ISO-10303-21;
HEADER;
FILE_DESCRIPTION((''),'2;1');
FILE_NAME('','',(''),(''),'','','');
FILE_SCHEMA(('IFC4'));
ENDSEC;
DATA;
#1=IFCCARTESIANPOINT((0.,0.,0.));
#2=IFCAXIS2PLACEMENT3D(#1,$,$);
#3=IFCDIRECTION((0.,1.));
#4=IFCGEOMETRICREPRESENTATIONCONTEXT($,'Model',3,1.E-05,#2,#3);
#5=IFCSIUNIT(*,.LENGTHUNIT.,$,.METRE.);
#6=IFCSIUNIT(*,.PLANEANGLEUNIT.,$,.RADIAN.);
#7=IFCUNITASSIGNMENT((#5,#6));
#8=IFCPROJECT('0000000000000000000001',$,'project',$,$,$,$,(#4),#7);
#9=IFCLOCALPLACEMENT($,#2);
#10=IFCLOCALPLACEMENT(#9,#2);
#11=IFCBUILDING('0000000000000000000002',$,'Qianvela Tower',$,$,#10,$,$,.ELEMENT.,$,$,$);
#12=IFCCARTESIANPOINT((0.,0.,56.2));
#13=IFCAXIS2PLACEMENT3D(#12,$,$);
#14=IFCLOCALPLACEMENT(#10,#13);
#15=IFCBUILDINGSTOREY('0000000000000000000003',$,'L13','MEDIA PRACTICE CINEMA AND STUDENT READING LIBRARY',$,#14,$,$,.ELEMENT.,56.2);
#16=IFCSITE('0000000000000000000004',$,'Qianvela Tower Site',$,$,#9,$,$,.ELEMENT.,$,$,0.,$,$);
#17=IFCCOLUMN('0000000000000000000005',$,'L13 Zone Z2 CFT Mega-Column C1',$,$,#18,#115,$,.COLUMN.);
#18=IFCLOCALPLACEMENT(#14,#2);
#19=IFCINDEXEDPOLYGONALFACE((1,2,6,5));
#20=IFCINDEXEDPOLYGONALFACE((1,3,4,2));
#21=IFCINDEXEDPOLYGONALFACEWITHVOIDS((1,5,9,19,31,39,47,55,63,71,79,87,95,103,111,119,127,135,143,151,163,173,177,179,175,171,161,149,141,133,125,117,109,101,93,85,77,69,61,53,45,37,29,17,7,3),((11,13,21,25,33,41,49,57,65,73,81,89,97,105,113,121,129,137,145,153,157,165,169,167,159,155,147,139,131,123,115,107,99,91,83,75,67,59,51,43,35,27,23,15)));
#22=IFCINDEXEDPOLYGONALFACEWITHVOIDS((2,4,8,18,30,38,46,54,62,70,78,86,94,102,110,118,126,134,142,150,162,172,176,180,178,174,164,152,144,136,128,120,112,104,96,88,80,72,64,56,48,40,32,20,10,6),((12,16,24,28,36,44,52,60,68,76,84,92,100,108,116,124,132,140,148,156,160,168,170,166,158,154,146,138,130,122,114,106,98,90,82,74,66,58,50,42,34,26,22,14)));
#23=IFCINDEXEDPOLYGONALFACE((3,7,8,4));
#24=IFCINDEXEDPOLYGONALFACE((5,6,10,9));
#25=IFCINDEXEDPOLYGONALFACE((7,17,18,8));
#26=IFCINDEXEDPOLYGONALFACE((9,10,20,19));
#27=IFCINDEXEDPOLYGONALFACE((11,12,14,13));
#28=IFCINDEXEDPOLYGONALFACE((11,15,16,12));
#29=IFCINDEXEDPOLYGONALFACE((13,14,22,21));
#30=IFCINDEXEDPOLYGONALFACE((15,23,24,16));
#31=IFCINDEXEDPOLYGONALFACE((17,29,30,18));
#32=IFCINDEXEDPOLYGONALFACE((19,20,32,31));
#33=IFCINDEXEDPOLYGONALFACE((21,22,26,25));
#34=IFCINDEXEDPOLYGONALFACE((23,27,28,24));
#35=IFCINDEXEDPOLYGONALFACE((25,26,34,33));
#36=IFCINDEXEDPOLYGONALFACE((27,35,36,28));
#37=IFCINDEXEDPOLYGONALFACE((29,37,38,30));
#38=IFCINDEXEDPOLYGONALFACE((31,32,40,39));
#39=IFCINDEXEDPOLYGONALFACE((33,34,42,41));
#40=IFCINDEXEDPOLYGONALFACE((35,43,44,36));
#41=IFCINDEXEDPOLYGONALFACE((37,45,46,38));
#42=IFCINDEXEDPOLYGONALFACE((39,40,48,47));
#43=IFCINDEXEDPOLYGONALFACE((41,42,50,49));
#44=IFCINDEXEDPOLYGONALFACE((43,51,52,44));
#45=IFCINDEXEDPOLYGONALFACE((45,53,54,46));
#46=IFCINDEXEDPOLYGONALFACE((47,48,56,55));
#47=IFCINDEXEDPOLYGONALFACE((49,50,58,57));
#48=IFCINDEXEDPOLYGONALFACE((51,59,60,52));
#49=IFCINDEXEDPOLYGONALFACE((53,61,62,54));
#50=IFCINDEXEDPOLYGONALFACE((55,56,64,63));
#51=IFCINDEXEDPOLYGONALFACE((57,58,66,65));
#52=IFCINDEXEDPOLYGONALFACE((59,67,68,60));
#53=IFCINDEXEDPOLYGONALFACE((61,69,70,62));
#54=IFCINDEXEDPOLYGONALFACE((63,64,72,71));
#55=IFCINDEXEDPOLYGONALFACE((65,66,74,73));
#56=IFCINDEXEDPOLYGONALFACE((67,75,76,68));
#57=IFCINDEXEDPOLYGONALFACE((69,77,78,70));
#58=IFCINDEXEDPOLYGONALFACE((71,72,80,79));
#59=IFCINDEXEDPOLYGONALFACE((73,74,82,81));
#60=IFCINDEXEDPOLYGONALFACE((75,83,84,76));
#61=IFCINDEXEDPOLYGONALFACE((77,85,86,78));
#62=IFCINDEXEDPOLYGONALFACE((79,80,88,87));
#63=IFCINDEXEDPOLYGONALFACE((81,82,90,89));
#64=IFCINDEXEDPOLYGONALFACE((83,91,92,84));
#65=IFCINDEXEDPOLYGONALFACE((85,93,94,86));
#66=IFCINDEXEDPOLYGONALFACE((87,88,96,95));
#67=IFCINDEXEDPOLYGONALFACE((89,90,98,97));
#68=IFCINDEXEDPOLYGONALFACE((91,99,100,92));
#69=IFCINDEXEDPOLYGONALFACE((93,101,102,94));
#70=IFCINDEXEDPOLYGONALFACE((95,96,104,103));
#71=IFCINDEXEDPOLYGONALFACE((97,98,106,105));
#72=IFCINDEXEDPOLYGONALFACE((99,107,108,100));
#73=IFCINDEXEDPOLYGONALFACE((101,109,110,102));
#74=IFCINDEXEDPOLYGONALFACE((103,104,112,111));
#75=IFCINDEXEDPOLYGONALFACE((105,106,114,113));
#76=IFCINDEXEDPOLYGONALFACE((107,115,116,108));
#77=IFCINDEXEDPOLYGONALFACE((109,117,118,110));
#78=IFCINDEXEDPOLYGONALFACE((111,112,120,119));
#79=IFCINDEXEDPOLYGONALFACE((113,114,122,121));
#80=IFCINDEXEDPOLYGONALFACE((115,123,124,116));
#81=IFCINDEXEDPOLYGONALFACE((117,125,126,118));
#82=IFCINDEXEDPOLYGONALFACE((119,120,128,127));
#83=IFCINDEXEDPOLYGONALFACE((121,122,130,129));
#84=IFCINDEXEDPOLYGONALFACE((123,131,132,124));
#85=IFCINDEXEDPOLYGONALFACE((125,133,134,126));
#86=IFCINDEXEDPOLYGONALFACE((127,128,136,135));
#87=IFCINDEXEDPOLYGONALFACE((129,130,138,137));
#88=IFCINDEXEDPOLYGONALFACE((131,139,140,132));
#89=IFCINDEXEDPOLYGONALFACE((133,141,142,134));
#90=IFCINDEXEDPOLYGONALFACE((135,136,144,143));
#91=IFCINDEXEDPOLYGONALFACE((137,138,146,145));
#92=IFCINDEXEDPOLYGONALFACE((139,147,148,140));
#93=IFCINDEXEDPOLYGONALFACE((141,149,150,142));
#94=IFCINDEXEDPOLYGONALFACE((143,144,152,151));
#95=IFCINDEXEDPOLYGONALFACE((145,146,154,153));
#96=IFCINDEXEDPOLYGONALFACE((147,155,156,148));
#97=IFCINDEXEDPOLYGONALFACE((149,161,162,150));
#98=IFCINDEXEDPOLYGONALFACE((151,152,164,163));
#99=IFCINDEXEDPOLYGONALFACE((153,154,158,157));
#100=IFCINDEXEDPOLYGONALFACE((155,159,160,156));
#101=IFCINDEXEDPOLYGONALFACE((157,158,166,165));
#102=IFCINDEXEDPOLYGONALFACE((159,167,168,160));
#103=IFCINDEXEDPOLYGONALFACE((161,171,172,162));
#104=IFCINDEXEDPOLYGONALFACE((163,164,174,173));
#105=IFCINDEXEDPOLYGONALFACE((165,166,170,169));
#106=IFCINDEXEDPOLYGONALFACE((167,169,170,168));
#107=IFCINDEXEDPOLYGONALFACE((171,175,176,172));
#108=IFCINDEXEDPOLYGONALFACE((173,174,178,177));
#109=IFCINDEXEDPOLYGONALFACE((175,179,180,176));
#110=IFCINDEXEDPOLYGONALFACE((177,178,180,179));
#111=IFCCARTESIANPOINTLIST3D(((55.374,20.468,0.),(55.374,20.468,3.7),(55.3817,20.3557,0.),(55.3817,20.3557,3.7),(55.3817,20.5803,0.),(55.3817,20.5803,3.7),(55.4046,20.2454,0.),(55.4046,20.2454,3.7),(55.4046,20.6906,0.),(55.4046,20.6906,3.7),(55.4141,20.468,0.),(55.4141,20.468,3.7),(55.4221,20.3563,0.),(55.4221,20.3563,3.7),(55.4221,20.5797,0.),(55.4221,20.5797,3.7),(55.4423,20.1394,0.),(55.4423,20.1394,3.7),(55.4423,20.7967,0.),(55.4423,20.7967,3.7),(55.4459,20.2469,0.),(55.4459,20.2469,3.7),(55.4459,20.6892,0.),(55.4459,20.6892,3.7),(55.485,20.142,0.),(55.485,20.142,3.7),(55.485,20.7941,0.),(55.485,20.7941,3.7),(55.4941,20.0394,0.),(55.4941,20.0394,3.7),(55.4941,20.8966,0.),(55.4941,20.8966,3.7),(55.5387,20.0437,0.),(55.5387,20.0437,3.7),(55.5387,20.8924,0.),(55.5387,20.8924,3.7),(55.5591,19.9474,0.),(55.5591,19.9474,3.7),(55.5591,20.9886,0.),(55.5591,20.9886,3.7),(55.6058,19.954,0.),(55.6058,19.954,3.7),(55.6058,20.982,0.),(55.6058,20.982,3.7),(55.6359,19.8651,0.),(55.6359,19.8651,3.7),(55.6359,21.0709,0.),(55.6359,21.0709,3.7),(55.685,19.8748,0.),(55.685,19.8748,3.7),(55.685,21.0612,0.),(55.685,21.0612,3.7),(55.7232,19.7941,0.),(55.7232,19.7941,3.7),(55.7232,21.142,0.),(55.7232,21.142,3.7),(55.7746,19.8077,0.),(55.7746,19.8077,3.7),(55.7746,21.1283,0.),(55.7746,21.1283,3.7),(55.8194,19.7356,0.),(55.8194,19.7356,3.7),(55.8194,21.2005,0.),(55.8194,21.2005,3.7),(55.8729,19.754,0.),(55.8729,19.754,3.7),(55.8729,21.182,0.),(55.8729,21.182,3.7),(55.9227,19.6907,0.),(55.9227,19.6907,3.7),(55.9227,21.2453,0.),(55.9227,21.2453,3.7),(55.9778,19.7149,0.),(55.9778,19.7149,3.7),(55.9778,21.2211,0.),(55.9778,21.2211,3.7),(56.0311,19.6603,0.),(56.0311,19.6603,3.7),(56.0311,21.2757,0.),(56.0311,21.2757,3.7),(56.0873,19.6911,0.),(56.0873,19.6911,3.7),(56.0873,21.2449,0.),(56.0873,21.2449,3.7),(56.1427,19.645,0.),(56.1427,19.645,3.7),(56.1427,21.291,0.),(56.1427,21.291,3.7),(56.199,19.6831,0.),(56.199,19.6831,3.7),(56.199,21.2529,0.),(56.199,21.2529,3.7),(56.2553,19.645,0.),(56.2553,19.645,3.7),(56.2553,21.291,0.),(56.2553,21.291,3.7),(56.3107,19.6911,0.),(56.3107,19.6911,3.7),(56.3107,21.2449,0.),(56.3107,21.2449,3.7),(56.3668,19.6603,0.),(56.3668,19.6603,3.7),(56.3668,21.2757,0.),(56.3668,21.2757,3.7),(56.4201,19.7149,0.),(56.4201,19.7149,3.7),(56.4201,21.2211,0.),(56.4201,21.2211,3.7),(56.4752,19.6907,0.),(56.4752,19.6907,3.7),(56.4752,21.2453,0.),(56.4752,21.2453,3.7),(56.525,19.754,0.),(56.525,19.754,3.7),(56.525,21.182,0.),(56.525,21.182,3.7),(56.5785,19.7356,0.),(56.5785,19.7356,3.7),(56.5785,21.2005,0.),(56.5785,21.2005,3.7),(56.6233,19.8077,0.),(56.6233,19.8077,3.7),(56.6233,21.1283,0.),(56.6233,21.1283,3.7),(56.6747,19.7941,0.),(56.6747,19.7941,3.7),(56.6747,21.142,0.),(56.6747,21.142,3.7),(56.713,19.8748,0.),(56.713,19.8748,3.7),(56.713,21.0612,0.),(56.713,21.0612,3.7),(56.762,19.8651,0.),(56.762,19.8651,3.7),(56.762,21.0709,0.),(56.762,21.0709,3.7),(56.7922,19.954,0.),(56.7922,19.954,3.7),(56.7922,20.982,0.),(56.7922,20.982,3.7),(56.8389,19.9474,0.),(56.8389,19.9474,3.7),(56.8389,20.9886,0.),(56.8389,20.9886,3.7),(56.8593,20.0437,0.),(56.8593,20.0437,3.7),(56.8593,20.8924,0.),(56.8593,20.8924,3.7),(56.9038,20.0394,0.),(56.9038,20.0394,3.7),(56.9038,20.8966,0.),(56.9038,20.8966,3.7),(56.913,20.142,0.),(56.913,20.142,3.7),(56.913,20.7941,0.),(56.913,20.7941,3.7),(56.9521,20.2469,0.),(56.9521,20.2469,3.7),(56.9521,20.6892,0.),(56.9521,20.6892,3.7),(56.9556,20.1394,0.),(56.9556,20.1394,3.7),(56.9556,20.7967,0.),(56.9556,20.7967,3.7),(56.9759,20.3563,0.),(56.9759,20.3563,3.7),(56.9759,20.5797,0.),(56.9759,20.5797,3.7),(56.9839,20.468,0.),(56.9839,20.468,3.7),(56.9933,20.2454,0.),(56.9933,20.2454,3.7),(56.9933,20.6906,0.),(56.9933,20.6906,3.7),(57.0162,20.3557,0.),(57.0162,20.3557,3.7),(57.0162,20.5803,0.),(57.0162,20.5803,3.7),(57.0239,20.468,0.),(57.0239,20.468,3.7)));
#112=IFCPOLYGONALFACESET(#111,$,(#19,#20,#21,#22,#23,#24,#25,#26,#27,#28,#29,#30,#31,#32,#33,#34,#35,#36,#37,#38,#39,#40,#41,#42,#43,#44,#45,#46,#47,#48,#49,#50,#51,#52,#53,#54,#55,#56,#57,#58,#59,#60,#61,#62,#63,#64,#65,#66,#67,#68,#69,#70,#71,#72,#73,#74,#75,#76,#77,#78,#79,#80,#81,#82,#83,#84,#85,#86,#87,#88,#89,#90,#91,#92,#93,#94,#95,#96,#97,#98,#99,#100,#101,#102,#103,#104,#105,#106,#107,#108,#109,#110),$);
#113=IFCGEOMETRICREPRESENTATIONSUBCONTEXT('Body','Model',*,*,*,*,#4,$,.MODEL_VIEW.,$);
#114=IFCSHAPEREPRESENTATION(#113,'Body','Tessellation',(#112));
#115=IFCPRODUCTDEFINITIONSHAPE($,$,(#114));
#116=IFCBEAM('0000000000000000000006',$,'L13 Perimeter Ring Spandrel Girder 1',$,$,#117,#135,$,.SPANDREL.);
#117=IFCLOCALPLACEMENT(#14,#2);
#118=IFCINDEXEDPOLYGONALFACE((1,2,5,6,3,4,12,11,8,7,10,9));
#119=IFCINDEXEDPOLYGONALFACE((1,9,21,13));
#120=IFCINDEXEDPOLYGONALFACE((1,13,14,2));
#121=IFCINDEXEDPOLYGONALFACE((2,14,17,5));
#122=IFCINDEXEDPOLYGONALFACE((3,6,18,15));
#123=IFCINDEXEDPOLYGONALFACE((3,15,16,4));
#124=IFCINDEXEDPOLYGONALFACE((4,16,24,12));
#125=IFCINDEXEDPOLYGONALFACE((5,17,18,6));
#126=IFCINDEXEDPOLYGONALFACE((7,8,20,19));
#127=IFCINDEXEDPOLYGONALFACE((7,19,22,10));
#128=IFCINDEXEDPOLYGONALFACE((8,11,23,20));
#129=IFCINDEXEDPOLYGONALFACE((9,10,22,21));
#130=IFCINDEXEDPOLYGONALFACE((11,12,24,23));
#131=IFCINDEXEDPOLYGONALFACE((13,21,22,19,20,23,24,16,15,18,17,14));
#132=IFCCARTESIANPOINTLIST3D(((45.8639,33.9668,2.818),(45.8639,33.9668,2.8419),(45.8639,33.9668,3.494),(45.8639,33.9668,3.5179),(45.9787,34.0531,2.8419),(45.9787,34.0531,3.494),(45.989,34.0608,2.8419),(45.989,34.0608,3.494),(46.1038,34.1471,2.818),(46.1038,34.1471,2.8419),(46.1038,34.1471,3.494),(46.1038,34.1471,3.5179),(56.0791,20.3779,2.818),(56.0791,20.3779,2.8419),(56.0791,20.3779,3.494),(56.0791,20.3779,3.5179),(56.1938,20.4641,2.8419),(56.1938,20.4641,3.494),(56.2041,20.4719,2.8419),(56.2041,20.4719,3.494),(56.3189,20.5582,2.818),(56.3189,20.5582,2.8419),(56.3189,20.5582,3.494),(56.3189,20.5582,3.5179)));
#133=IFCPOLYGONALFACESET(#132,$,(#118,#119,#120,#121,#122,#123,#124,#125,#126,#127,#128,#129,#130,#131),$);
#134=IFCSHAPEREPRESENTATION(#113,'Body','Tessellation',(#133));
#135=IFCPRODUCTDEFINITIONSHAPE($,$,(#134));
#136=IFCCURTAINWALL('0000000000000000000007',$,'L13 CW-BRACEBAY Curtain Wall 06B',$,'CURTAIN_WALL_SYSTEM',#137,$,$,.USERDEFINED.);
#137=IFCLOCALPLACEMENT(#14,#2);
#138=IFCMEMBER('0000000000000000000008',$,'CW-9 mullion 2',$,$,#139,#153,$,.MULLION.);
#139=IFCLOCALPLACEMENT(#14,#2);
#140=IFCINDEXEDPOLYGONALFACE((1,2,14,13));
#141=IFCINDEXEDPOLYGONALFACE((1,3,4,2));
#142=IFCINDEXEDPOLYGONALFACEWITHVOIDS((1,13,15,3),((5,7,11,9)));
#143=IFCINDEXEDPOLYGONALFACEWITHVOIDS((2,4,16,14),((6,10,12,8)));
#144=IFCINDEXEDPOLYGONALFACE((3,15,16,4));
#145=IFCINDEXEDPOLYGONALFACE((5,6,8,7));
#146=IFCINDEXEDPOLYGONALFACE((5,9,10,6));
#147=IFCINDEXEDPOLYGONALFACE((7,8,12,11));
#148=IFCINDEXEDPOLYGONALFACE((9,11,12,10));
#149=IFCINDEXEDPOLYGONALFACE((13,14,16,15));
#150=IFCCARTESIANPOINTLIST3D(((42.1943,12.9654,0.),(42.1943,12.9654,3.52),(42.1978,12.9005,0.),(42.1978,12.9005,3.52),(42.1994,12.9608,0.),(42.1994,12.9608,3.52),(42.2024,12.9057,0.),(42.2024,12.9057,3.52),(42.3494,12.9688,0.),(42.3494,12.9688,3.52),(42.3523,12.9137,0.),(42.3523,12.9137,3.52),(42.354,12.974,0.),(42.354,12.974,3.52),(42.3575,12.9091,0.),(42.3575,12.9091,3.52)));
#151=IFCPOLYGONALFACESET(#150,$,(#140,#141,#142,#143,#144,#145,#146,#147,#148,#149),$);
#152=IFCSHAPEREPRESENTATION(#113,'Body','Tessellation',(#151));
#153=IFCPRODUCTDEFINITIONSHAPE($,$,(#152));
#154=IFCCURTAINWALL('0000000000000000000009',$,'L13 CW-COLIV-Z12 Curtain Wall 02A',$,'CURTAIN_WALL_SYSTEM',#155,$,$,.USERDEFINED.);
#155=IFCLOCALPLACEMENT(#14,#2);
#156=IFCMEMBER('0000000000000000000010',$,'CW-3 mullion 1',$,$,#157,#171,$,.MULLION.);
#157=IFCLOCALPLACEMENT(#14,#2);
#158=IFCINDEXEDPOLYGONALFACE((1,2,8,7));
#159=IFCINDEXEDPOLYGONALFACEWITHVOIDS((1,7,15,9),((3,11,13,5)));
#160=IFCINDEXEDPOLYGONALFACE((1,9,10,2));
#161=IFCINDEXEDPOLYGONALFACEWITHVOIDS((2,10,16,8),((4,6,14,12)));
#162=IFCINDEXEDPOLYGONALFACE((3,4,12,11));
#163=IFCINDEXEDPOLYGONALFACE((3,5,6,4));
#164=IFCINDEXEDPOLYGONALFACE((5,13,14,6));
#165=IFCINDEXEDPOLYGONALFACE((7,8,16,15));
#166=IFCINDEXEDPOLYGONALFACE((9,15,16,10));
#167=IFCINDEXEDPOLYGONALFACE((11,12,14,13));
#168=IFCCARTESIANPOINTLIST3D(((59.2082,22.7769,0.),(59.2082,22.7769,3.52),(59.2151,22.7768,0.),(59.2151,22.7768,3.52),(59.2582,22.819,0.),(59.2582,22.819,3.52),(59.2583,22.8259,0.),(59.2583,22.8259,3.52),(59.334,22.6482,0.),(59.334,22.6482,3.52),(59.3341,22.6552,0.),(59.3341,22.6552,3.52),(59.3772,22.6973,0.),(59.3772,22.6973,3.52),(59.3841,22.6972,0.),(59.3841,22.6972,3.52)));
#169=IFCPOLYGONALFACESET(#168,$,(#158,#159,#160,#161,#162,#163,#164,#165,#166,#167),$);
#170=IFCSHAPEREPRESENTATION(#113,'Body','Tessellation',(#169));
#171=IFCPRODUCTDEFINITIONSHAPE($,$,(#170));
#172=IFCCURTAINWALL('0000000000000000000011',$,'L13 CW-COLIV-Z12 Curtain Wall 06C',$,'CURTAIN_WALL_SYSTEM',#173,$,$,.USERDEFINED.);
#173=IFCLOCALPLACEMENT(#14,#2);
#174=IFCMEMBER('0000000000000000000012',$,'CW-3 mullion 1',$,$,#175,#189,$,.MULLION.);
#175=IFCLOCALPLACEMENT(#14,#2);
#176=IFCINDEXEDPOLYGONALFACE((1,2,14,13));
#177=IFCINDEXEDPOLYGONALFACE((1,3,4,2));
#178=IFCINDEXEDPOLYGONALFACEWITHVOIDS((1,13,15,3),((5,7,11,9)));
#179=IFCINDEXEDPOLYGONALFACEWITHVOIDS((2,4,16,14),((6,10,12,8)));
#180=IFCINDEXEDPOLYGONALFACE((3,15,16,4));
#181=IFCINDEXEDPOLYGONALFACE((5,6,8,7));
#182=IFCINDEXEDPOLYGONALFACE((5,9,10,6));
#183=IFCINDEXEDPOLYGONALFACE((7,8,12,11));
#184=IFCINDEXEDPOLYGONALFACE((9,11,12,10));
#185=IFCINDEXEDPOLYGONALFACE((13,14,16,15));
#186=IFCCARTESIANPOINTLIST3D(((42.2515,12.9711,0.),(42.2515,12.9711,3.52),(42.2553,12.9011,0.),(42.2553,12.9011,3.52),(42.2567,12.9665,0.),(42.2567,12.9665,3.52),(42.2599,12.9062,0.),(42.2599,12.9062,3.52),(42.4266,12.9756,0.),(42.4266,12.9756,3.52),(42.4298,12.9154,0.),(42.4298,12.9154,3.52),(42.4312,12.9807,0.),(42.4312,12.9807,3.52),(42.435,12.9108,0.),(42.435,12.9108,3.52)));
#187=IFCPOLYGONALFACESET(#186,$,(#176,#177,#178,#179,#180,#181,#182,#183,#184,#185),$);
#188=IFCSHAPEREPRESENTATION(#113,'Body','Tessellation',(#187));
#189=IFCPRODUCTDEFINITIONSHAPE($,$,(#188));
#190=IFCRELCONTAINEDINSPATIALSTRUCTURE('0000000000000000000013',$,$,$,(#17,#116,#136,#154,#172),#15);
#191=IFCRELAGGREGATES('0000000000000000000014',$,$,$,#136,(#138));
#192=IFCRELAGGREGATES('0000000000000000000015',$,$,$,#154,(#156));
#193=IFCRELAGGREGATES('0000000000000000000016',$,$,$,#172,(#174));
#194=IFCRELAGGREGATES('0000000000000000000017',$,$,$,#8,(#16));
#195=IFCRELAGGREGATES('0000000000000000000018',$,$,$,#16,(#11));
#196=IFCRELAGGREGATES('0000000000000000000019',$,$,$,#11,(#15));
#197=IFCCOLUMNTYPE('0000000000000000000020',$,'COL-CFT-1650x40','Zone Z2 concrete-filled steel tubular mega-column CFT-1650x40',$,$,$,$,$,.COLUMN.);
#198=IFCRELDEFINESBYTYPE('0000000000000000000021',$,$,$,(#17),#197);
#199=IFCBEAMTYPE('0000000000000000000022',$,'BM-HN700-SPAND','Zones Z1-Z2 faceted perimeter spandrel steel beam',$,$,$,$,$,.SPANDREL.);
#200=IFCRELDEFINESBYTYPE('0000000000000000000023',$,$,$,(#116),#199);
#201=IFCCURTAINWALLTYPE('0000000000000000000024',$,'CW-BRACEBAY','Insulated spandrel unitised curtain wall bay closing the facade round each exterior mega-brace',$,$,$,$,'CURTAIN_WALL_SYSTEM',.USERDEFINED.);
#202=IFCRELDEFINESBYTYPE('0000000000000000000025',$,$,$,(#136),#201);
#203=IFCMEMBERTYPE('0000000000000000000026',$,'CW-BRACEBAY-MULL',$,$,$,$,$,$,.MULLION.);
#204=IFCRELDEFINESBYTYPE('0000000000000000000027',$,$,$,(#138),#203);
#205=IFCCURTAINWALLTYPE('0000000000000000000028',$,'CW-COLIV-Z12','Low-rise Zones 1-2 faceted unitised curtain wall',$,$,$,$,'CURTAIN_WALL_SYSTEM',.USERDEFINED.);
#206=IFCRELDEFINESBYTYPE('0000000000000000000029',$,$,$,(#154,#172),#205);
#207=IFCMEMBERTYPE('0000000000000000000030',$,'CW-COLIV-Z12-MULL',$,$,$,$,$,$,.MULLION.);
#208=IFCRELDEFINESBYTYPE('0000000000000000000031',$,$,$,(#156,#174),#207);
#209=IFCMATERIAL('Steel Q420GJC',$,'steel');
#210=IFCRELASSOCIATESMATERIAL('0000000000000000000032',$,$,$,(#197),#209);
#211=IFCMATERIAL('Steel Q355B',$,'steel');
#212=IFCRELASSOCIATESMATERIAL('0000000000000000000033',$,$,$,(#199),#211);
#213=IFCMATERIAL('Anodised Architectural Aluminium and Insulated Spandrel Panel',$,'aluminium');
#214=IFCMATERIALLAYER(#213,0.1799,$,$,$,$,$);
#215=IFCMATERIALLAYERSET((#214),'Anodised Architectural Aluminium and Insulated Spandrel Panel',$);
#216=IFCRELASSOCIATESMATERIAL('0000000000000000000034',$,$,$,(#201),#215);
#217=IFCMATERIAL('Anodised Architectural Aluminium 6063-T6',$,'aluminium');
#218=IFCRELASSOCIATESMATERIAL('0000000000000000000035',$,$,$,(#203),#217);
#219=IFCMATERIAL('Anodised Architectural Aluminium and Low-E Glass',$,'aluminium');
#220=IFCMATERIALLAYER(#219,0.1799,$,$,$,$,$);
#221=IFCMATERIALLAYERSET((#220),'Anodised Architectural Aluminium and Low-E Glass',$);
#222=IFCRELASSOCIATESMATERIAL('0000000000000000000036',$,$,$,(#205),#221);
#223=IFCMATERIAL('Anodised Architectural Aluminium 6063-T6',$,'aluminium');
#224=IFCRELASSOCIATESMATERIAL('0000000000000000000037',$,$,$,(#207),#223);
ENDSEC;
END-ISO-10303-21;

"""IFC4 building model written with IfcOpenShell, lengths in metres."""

from ifc_helpers import new_model, si_unit, direction, frame, origin, origin_2d, place, context, subcontext, project, spatial, hollow_rectangle, hollow_circle, i_section, extrude, material, layer, layer_set, material_profile, profile_set, type_object, element, aggregate, save


model = new_model("IFC4")

# Units and contexts
model_context = context("Model", 3, precision=1e-05, world=origin(), true_north=direction((0.0, 1.0)))
body_context = subcontext(model_context, "Body", "Model", "MODEL_VIEW")
ifc_project = project(units=[si_unit("LENGTHUNIT", "METRE"), si_unit("PLANEANGLEUNIT", "RADIAN")], contexts=[model_context])

# Site, building, storey
site_placement = place(None, origin())
site = spatial("IfcSite", under=ifc_project, at=site_placement, Name="Qianvela Tower Site", CompositionType="ELEMENT", RefElevation=0.0)
building_placement = place(site_placement, origin())
building = spatial("IfcBuilding", under=site, at=building_placement, Name="Qianvela Tower", CompositionType="ELEMENT")
storey_placement = place(building_placement, frame((0.0, 0.0, 56.2)))
storey = spatial("IfcBuildingStorey", under=building, at=storey_placement, Name="L13", Description="MEDIA PRACTICE CINEMA AND STUDENT READING LIBRARY", CompositionType="ELEMENT", Elevation=56.2)

# Column
ifc_material_1 = material(Name="Steel Q420GJC", Category="steel")
ifc_material_profile_1 = material_profile(ifc_material_1, hollow_circle(Radius=0.825, WallThickness=0.04, at=origin_2d()), Name="CFT-1650x40")
ifc_profile_set_1 = profile_set([ifc_material_profile_1], Name="Steel Q420GJC")
column_type = type_object("IfcColumnType", Name="COL-CFT-1650x40", Description="Zone Z2 concrete-filled steel tubular mega-column CFT-1650x40", PredefinedType="COLUMN", material=ifc_profile_set_1)
column_placement = place(storey_placement, frame((56.199, 20.468, 0.0), z_axis=(0.0, 0.0, 1.0), x_axis=(1.0, 0.0, 0.0)))
element("IfcColumn", 1, at=column_placement, inside=storey, type_object=column_type, Name="L13 Zone Z2 CFT Mega-Column C1", PredefinedType="COLUMN", context=body_context, shape_type="SweptSolid", body=[
    extrude(hollow_circle(Radius=0.825, WallThickness=0.04, at=origin_2d()), origin(), (0.0, 0.0, 1.0), 3.7),
])

# Beam
ifc_material_2 = material(Name="Steel Q355B", Category="steel")
ifc_material_profile_2 = material_profile(ifc_material_2, i_section(OverallWidth=0.3, OverallDepth=0.7, WebThickness=0.0129, FlangeThickness=0.0239, at=origin_2d()), Name="HN700x300x13x24")
ifc_profile_set_2 = profile_set([ifc_material_profile_2], Name="Steel Q355B")
beam_type = type_object("IfcBeamType", Name="BM-HN700-SPAND", Description="Zones Z1-Z2 faceted perimeter spandrel steel beam", PredefinedType="SPANDREL", material=ifc_profile_set_2)
beam_placement = place(storey_placement, frame((56.199, 20.468, 3.168), z_axis=(-0.600882, 0.799338, 0.0), x_axis=(-0.799338, -0.600882, 0.0)))
element("IfcBeam", 2, at=beam_placement, inside=storey, type_object=beam_type, Name="L13 Perimeter Ring Spandrel Girder 1", PredefinedType="SPANDREL", context=body_context, shape_type="SweptSolid", body=[
    extrude(i_section(OverallWidth=0.3, OverallDepth=0.7, WebThickness=0.0129, FlangeThickness=0.0239, at=origin_2d()), origin(), (0.0, 0.0, 1.0), 17.0002),
])

# Curtain walls, members
ifc_material_3 = material(Name="Anodised Architectural Aluminium and Insulated Spandrel Panel", Category="aluminium")
ifc_layer_1 = layer(ifc_material_3, 0.1799)
ifc_layer_set_1 = layer_set([ifc_layer_1], Name="Anodised Architectural Aluminium and Insulated Spandrel Panel")
curtain_wall_type_1 = type_object("IfcCurtainWallType", Name="CW-BRACEBAY", Description="Insulated spandrel unitised curtain wall bay closing the facade round each exterior mega-brace", ElementType="CURTAIN_WALL_SYSTEM", PredefinedType="USERDEFINED", material=ifc_layer_set_1)
curtain_wall_1_placement = place(storey_placement, origin())
curtain_wall_1 = element("IfcCurtainWall", 3, at=curtain_wall_1_placement, inside=storey, type_object=curtain_wall_type_1, Name="L13 CW-BRACEBAY Curtain Wall 06B", ObjectType="CURTAIN_WALL_SYSTEM", PredefinedType="USERDEFINED")
ifc_material_4 = material(Name="Anodised Architectural Aluminium 6063-T6", Category="aluminium")
ifc_material_profile_3 = material_profile(ifc_material_4, hollow_rectangle(XDim=0.0649, YDim=0.1599, WallThickness=0.0049, at=origin_2d()), Name="ALU-MULL-65x160")
ifc_profile_set_3 = profile_set([ifc_material_profile_3], Name="Anodised Architectural Aluminium 6063-T6")
member_type_1 = type_object("IfcMemberType", Name="CW-BRACEBAY-MULL", PredefinedType="MULLION", material=ifc_profile_set_3)
member_1_placement = place(storey_placement, frame((42.2759, 12.9373, 0.0), z_axis=(0.0, 0.0, 1.0), x_axis=(-0.053614, 0.998562, 0.0)))
member_1 = element("IfcMember", 4, at=member_1_placement, type_object=member_type_1, Name="CW-9 mullion 2", PredefinedType="MULLION", context=body_context, shape_type="SweptSolid", body=[
    extrude(hollow_rectangle(XDim=0.0649, YDim=0.1599, WallThickness=0.0049, at=origin_2d()), origin(), (0.0, 0.0, 1.0), 3.52),
])
aggregate(curtain_wall_1, [member_1])
ifc_material_5 = material(Name="Anodised Architectural Aluminium and Low-E Glass", Category="aluminium")
ifc_layer_2 = layer(ifc_material_5, 0.1799)
ifc_layer_set_2 = layer_set([ifc_layer_2], Name="Anodised Architectural Aluminium and Low-E Glass")
curtain_wall_type_2 = type_object("IfcCurtainWallType", Name="CW-COLIV-Z12", Description="Low-rise Zones 1-2 faceted unitised curtain wall", ElementType="CURTAIN_WALL_SYSTEM", PredefinedType="USERDEFINED", material=ifc_layer_set_2)
curtain_wall_2_placement = place(storey_placement, origin())
curtain_wall_2 = element("IfcCurtainWall", 5, at=curtain_wall_2_placement, inside=storey, type_object=curtain_wall_type_2, Name="L13 CW-COLIV-Z12 Curtain Wall 02A", ObjectType="CURTAIN_WALL_SYSTEM", PredefinedType="USERDEFINED")
ifc_material_6 = material(Name="Anodised Architectural Aluminium 6063-T6", Category="aluminium")
ifc_material_profile_4 = material_profile(ifc_material_6, hollow_rectangle(XDim=0.0701, YDim=0.1799, WallThickness=0.0049, at=origin_2d()), Name="ALU-MULL-70x180")
ifc_profile_set_4 = profile_set([ifc_material_profile_4], Name="Anodised Architectural Aluminium 6063-T6")
member_type_2 = type_object("IfcMemberType", Name="CW-COLIV-Z12-MULL", PredefinedType="MULLION", material=ifc_profile_set_4)
member_2_placement = place(storey_placement, frame((59.2961, 22.7371, 0.0), z_axis=(0.0, 0.0, 1.0), x_axis=(-0.714877, -0.69925, 0.0)))
member_2 = element("IfcMember", 6, at=member_2_placement, type_object=member_type_2, Name="CW-3 mullion 1", PredefinedType="MULLION", context=body_context, shape_type="SweptSolid", body=[
    extrude(hollow_rectangle(XDim=0.0701, YDim=0.1799, WallThickness=0.0049, at=origin_2d()), origin(), (0.0, 0.0, 1.0), 3.52),
])

# Curtain wall, member
curtain_wall_3_placement = place(storey_placement, origin())
curtain_wall_3 = element("IfcCurtainWall", 7, at=curtain_wall_3_placement, inside=storey, type_object=curtain_wall_type_2, Name="L13 CW-COLIV-Z12 Curtain Wall 06C", ObjectType="CURTAIN_WALL_SYSTEM", PredefinedType="USERDEFINED")
member_3_placement = place(storey_placement, frame((42.3433, 12.9409, 0.0), z_axis=(0.0, 0.0, 1.0), x_axis=(-0.053601, 0.998562, 0.0)))
member_3 = element("IfcMember", 8, at=member_3_placement, type_object=member_type_2, Name="CW-3 mullion 1", PredefinedType="MULLION", context=body_context, shape_type="SweptSolid", body=[
    extrude(hollow_rectangle(XDim=0.0701, YDim=0.1799, WallThickness=0.0049, at=origin_2d()), origin(), (0.0, 0.0, 1.0), 3.52),
])

aggregate(curtain_wall_2, [member_2])
aggregate(curtain_wall_3, [member_3])

save(model, "model.ifc")
